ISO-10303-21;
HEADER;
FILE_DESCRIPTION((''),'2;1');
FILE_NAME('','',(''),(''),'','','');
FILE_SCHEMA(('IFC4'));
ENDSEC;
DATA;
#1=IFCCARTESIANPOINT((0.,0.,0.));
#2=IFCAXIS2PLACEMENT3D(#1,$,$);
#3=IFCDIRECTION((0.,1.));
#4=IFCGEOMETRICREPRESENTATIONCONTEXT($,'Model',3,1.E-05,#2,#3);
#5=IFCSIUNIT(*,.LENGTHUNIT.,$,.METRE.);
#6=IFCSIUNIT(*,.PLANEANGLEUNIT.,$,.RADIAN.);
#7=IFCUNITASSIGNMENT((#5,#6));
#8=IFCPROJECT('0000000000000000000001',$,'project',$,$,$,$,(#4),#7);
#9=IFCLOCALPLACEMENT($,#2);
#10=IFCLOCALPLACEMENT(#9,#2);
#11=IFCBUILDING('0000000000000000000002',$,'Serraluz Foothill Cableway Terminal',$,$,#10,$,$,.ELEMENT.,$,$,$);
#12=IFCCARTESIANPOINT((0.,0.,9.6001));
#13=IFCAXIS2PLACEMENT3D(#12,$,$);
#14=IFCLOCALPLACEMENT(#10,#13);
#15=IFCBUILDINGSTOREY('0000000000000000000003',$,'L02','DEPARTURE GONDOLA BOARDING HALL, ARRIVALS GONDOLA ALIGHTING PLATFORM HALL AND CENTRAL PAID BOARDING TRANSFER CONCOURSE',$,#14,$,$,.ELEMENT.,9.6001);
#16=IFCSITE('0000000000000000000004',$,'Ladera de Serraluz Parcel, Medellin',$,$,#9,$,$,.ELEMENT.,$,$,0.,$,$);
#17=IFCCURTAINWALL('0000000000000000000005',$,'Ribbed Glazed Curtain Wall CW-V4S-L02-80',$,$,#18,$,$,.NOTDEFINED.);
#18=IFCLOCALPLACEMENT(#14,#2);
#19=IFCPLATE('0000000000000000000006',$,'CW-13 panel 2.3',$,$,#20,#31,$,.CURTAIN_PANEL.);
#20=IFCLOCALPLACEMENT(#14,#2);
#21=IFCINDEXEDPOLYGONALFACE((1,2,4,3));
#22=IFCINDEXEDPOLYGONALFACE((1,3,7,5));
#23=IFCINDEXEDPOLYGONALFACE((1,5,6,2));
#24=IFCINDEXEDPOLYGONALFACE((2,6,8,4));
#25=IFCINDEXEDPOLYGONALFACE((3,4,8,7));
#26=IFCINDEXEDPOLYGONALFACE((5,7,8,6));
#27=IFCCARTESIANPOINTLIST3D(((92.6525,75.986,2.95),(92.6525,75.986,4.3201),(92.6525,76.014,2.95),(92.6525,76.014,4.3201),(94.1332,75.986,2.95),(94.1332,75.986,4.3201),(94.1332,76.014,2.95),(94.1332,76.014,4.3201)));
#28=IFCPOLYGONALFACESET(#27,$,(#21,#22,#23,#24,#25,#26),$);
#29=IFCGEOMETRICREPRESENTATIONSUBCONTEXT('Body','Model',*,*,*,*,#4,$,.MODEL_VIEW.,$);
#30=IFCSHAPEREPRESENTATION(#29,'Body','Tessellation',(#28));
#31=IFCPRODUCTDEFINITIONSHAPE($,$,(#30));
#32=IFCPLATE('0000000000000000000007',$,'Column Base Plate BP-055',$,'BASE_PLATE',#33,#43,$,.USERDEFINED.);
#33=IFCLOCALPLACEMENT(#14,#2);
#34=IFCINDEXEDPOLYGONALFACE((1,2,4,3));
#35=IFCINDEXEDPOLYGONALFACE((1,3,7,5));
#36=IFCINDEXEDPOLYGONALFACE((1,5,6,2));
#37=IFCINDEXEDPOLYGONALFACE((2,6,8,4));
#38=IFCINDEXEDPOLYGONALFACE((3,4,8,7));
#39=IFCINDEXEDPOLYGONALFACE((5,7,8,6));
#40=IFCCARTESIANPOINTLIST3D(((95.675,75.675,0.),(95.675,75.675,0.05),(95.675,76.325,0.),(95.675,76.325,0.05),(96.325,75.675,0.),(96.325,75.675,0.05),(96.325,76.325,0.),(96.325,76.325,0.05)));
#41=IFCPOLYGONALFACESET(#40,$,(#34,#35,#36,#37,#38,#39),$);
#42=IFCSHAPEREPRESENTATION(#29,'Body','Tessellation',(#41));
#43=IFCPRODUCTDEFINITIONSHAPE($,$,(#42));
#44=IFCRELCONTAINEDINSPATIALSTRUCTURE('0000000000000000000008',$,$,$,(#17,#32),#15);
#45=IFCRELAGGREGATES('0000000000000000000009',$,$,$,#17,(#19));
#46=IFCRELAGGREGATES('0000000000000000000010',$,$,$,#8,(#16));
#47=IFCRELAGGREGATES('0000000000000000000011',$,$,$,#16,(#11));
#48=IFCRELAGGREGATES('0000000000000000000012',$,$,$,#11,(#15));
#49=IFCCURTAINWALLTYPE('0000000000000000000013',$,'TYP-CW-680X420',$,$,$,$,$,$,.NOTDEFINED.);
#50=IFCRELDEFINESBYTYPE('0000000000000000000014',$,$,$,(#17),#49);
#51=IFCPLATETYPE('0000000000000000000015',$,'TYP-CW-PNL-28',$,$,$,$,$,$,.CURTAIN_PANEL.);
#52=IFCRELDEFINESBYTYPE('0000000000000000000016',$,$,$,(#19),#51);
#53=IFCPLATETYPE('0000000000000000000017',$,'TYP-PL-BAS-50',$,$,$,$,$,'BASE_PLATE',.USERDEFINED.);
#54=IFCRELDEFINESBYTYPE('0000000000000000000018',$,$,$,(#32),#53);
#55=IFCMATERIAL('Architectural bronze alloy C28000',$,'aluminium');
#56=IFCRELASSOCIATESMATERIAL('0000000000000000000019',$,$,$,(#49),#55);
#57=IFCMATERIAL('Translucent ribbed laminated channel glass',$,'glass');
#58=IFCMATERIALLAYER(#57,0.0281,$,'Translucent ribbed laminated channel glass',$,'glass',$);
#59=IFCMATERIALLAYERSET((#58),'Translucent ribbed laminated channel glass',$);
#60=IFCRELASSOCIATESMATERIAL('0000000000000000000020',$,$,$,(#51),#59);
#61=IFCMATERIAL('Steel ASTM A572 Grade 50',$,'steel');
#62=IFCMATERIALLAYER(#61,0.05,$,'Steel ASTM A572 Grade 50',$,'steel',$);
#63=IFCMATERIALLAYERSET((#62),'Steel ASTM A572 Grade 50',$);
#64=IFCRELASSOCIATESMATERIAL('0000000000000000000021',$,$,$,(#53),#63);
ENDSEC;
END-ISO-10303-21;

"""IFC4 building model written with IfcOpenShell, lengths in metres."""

from ifc_helpers import new_model, si_unit, direction, frame, origin, origin_2d, place, context, subcontext, project, spatial, rectangle, extrude, material, layer, layer_set, type_object, element, aggregate, save


model = new_model("IFC4")

# Units and contexts
model_context = context("Model", 3, precision=1e-05, world=origin(), true_north=direction((0.0, 1.0)))
body_context = subcontext(model_context, "Body", "Model", "MODEL_VIEW")
ifc_project = project(units=[si_unit("LENGTHUNIT", "METRE"), si_unit("PLANEANGLEUNIT", "RADIAN")], contexts=[model_context])

# Site, building, storey
site_placement = place(None, origin())
site = spatial("IfcSite", under=ifc_project, at=site_placement, Name="Ladera de Serraluz Parcel, Medellin", CompositionType="ELEMENT", RefElevation=0.0)
building_placement = place(site_placement, origin())
building = spatial("IfcBuilding", under=site, at=building_placement, Name="Serraluz Foothill Cableway Terminal", CompositionType="ELEMENT")
storey_placement = place(building_placement, frame((0.0, 0.0, 9.6001)))
storey = spatial("IfcBuildingStorey", under=building, at=storey_placement, Name="L02", Description="DEPARTURE GONDOLA BOARDING HALL, ARRIVALS GONDOLA ALIGHTING PLATFORM HALL AND CENTRAL PAID BOARDING TRANSFER CONCOURSE", CompositionType="ELEMENT", Elevation=9.6001)

# Shared definitions
ifc_material_1 = material(Name="Architectural bronze alloy C28000", Category="aluminium")
curtain_wall_type = type_object("IfcCurtainWallType", Name="TYP-CW-680X420", PredefinedType="NOTDEFINED", material=ifc_material_1)

# Curtain wall
curtain_wall_1_placement = place(storey_placement, origin())
curtain_wall_1 = element("IfcCurtainWall", 1, at=curtain_wall_1_placement, inside=storey, type_object=curtain_wall_type, Name="Ribbed Glazed Curtain Wall CW-V4S-L02-80", PredefinedType="NOTDEFINED")

# Plates
ifc_material_2 = material(Name="Translucent ribbed laminated channel glass", Category="glass")
ifc_layer_1 = layer(ifc_material_2, 0.0281, Name="Translucent ribbed laminated channel glass", Category="glass")
ifc_layer_set_1 = layer_set([ifc_layer_1], Name="Translucent ribbed laminated channel glass")
plate_type_1 = type_object("IfcPlateType", Name="TYP-CW-PNL-28", PredefinedType="CURTAIN_PANEL", material=ifc_layer_set_1)
plate_1_placement = place(storey_placement, frame((93.3928, 76.0, 2.95), z_axis=(0.0, 0.0, 1.0), x_axis=(-1.0, 0.0, 0.0)))
plate_1 = element("IfcPlate", 2, at=plate_1_placement, type_object=plate_type_1, Name="CW-13 panel 2.3", PredefinedType="CURTAIN_PANEL", context=body_context, shape_type="SweptSolid", body=[
    extrude(rectangle(XDim=1.4807, YDim=0.0281, at=origin_2d()), origin(), (0.0, 0.0, 1.0), 1.3701),
])
aggregate(curtain_wall_1, [plate_1])
ifc_material_3 = material(Name="Steel ASTM A572 Grade 50", Category="steel")
ifc_layer_2 = layer(ifc_material_3, 0.05, Name="Steel ASTM A572 Grade 50", Category="steel")
ifc_layer_set_2 = layer_set([ifc_layer_2], Name="Steel ASTM A572 Grade 50")
plate_type_2 = type_object("IfcPlateType", Name="TYP-PL-BAS-50", ElementType="BASE_PLATE", PredefinedType="USERDEFINED", material=ifc_layer_set_2)
plate_2_placement = place(storey_placement, frame((96.0, 76.0, 0.0), z_axis=(0.0, 0.0, 1.0), x_axis=(1.0, 0.0, 0.0)))
element("IfcPlate", 3, at=plate_2_placement, inside=storey, type_object=plate_type_2, Name="Column Base Plate BP-055", ObjectType="BASE_PLATE", PredefinedType="USERDEFINED", context=body_context, shape_type="SweptSolid", body=[
    extrude(rectangle(XDim=0.6499, YDim=0.6499, at=origin_2d()), origin(), (0.0, 0.0, 1.0), 0.05),
])

save(model, "model.ifc")
